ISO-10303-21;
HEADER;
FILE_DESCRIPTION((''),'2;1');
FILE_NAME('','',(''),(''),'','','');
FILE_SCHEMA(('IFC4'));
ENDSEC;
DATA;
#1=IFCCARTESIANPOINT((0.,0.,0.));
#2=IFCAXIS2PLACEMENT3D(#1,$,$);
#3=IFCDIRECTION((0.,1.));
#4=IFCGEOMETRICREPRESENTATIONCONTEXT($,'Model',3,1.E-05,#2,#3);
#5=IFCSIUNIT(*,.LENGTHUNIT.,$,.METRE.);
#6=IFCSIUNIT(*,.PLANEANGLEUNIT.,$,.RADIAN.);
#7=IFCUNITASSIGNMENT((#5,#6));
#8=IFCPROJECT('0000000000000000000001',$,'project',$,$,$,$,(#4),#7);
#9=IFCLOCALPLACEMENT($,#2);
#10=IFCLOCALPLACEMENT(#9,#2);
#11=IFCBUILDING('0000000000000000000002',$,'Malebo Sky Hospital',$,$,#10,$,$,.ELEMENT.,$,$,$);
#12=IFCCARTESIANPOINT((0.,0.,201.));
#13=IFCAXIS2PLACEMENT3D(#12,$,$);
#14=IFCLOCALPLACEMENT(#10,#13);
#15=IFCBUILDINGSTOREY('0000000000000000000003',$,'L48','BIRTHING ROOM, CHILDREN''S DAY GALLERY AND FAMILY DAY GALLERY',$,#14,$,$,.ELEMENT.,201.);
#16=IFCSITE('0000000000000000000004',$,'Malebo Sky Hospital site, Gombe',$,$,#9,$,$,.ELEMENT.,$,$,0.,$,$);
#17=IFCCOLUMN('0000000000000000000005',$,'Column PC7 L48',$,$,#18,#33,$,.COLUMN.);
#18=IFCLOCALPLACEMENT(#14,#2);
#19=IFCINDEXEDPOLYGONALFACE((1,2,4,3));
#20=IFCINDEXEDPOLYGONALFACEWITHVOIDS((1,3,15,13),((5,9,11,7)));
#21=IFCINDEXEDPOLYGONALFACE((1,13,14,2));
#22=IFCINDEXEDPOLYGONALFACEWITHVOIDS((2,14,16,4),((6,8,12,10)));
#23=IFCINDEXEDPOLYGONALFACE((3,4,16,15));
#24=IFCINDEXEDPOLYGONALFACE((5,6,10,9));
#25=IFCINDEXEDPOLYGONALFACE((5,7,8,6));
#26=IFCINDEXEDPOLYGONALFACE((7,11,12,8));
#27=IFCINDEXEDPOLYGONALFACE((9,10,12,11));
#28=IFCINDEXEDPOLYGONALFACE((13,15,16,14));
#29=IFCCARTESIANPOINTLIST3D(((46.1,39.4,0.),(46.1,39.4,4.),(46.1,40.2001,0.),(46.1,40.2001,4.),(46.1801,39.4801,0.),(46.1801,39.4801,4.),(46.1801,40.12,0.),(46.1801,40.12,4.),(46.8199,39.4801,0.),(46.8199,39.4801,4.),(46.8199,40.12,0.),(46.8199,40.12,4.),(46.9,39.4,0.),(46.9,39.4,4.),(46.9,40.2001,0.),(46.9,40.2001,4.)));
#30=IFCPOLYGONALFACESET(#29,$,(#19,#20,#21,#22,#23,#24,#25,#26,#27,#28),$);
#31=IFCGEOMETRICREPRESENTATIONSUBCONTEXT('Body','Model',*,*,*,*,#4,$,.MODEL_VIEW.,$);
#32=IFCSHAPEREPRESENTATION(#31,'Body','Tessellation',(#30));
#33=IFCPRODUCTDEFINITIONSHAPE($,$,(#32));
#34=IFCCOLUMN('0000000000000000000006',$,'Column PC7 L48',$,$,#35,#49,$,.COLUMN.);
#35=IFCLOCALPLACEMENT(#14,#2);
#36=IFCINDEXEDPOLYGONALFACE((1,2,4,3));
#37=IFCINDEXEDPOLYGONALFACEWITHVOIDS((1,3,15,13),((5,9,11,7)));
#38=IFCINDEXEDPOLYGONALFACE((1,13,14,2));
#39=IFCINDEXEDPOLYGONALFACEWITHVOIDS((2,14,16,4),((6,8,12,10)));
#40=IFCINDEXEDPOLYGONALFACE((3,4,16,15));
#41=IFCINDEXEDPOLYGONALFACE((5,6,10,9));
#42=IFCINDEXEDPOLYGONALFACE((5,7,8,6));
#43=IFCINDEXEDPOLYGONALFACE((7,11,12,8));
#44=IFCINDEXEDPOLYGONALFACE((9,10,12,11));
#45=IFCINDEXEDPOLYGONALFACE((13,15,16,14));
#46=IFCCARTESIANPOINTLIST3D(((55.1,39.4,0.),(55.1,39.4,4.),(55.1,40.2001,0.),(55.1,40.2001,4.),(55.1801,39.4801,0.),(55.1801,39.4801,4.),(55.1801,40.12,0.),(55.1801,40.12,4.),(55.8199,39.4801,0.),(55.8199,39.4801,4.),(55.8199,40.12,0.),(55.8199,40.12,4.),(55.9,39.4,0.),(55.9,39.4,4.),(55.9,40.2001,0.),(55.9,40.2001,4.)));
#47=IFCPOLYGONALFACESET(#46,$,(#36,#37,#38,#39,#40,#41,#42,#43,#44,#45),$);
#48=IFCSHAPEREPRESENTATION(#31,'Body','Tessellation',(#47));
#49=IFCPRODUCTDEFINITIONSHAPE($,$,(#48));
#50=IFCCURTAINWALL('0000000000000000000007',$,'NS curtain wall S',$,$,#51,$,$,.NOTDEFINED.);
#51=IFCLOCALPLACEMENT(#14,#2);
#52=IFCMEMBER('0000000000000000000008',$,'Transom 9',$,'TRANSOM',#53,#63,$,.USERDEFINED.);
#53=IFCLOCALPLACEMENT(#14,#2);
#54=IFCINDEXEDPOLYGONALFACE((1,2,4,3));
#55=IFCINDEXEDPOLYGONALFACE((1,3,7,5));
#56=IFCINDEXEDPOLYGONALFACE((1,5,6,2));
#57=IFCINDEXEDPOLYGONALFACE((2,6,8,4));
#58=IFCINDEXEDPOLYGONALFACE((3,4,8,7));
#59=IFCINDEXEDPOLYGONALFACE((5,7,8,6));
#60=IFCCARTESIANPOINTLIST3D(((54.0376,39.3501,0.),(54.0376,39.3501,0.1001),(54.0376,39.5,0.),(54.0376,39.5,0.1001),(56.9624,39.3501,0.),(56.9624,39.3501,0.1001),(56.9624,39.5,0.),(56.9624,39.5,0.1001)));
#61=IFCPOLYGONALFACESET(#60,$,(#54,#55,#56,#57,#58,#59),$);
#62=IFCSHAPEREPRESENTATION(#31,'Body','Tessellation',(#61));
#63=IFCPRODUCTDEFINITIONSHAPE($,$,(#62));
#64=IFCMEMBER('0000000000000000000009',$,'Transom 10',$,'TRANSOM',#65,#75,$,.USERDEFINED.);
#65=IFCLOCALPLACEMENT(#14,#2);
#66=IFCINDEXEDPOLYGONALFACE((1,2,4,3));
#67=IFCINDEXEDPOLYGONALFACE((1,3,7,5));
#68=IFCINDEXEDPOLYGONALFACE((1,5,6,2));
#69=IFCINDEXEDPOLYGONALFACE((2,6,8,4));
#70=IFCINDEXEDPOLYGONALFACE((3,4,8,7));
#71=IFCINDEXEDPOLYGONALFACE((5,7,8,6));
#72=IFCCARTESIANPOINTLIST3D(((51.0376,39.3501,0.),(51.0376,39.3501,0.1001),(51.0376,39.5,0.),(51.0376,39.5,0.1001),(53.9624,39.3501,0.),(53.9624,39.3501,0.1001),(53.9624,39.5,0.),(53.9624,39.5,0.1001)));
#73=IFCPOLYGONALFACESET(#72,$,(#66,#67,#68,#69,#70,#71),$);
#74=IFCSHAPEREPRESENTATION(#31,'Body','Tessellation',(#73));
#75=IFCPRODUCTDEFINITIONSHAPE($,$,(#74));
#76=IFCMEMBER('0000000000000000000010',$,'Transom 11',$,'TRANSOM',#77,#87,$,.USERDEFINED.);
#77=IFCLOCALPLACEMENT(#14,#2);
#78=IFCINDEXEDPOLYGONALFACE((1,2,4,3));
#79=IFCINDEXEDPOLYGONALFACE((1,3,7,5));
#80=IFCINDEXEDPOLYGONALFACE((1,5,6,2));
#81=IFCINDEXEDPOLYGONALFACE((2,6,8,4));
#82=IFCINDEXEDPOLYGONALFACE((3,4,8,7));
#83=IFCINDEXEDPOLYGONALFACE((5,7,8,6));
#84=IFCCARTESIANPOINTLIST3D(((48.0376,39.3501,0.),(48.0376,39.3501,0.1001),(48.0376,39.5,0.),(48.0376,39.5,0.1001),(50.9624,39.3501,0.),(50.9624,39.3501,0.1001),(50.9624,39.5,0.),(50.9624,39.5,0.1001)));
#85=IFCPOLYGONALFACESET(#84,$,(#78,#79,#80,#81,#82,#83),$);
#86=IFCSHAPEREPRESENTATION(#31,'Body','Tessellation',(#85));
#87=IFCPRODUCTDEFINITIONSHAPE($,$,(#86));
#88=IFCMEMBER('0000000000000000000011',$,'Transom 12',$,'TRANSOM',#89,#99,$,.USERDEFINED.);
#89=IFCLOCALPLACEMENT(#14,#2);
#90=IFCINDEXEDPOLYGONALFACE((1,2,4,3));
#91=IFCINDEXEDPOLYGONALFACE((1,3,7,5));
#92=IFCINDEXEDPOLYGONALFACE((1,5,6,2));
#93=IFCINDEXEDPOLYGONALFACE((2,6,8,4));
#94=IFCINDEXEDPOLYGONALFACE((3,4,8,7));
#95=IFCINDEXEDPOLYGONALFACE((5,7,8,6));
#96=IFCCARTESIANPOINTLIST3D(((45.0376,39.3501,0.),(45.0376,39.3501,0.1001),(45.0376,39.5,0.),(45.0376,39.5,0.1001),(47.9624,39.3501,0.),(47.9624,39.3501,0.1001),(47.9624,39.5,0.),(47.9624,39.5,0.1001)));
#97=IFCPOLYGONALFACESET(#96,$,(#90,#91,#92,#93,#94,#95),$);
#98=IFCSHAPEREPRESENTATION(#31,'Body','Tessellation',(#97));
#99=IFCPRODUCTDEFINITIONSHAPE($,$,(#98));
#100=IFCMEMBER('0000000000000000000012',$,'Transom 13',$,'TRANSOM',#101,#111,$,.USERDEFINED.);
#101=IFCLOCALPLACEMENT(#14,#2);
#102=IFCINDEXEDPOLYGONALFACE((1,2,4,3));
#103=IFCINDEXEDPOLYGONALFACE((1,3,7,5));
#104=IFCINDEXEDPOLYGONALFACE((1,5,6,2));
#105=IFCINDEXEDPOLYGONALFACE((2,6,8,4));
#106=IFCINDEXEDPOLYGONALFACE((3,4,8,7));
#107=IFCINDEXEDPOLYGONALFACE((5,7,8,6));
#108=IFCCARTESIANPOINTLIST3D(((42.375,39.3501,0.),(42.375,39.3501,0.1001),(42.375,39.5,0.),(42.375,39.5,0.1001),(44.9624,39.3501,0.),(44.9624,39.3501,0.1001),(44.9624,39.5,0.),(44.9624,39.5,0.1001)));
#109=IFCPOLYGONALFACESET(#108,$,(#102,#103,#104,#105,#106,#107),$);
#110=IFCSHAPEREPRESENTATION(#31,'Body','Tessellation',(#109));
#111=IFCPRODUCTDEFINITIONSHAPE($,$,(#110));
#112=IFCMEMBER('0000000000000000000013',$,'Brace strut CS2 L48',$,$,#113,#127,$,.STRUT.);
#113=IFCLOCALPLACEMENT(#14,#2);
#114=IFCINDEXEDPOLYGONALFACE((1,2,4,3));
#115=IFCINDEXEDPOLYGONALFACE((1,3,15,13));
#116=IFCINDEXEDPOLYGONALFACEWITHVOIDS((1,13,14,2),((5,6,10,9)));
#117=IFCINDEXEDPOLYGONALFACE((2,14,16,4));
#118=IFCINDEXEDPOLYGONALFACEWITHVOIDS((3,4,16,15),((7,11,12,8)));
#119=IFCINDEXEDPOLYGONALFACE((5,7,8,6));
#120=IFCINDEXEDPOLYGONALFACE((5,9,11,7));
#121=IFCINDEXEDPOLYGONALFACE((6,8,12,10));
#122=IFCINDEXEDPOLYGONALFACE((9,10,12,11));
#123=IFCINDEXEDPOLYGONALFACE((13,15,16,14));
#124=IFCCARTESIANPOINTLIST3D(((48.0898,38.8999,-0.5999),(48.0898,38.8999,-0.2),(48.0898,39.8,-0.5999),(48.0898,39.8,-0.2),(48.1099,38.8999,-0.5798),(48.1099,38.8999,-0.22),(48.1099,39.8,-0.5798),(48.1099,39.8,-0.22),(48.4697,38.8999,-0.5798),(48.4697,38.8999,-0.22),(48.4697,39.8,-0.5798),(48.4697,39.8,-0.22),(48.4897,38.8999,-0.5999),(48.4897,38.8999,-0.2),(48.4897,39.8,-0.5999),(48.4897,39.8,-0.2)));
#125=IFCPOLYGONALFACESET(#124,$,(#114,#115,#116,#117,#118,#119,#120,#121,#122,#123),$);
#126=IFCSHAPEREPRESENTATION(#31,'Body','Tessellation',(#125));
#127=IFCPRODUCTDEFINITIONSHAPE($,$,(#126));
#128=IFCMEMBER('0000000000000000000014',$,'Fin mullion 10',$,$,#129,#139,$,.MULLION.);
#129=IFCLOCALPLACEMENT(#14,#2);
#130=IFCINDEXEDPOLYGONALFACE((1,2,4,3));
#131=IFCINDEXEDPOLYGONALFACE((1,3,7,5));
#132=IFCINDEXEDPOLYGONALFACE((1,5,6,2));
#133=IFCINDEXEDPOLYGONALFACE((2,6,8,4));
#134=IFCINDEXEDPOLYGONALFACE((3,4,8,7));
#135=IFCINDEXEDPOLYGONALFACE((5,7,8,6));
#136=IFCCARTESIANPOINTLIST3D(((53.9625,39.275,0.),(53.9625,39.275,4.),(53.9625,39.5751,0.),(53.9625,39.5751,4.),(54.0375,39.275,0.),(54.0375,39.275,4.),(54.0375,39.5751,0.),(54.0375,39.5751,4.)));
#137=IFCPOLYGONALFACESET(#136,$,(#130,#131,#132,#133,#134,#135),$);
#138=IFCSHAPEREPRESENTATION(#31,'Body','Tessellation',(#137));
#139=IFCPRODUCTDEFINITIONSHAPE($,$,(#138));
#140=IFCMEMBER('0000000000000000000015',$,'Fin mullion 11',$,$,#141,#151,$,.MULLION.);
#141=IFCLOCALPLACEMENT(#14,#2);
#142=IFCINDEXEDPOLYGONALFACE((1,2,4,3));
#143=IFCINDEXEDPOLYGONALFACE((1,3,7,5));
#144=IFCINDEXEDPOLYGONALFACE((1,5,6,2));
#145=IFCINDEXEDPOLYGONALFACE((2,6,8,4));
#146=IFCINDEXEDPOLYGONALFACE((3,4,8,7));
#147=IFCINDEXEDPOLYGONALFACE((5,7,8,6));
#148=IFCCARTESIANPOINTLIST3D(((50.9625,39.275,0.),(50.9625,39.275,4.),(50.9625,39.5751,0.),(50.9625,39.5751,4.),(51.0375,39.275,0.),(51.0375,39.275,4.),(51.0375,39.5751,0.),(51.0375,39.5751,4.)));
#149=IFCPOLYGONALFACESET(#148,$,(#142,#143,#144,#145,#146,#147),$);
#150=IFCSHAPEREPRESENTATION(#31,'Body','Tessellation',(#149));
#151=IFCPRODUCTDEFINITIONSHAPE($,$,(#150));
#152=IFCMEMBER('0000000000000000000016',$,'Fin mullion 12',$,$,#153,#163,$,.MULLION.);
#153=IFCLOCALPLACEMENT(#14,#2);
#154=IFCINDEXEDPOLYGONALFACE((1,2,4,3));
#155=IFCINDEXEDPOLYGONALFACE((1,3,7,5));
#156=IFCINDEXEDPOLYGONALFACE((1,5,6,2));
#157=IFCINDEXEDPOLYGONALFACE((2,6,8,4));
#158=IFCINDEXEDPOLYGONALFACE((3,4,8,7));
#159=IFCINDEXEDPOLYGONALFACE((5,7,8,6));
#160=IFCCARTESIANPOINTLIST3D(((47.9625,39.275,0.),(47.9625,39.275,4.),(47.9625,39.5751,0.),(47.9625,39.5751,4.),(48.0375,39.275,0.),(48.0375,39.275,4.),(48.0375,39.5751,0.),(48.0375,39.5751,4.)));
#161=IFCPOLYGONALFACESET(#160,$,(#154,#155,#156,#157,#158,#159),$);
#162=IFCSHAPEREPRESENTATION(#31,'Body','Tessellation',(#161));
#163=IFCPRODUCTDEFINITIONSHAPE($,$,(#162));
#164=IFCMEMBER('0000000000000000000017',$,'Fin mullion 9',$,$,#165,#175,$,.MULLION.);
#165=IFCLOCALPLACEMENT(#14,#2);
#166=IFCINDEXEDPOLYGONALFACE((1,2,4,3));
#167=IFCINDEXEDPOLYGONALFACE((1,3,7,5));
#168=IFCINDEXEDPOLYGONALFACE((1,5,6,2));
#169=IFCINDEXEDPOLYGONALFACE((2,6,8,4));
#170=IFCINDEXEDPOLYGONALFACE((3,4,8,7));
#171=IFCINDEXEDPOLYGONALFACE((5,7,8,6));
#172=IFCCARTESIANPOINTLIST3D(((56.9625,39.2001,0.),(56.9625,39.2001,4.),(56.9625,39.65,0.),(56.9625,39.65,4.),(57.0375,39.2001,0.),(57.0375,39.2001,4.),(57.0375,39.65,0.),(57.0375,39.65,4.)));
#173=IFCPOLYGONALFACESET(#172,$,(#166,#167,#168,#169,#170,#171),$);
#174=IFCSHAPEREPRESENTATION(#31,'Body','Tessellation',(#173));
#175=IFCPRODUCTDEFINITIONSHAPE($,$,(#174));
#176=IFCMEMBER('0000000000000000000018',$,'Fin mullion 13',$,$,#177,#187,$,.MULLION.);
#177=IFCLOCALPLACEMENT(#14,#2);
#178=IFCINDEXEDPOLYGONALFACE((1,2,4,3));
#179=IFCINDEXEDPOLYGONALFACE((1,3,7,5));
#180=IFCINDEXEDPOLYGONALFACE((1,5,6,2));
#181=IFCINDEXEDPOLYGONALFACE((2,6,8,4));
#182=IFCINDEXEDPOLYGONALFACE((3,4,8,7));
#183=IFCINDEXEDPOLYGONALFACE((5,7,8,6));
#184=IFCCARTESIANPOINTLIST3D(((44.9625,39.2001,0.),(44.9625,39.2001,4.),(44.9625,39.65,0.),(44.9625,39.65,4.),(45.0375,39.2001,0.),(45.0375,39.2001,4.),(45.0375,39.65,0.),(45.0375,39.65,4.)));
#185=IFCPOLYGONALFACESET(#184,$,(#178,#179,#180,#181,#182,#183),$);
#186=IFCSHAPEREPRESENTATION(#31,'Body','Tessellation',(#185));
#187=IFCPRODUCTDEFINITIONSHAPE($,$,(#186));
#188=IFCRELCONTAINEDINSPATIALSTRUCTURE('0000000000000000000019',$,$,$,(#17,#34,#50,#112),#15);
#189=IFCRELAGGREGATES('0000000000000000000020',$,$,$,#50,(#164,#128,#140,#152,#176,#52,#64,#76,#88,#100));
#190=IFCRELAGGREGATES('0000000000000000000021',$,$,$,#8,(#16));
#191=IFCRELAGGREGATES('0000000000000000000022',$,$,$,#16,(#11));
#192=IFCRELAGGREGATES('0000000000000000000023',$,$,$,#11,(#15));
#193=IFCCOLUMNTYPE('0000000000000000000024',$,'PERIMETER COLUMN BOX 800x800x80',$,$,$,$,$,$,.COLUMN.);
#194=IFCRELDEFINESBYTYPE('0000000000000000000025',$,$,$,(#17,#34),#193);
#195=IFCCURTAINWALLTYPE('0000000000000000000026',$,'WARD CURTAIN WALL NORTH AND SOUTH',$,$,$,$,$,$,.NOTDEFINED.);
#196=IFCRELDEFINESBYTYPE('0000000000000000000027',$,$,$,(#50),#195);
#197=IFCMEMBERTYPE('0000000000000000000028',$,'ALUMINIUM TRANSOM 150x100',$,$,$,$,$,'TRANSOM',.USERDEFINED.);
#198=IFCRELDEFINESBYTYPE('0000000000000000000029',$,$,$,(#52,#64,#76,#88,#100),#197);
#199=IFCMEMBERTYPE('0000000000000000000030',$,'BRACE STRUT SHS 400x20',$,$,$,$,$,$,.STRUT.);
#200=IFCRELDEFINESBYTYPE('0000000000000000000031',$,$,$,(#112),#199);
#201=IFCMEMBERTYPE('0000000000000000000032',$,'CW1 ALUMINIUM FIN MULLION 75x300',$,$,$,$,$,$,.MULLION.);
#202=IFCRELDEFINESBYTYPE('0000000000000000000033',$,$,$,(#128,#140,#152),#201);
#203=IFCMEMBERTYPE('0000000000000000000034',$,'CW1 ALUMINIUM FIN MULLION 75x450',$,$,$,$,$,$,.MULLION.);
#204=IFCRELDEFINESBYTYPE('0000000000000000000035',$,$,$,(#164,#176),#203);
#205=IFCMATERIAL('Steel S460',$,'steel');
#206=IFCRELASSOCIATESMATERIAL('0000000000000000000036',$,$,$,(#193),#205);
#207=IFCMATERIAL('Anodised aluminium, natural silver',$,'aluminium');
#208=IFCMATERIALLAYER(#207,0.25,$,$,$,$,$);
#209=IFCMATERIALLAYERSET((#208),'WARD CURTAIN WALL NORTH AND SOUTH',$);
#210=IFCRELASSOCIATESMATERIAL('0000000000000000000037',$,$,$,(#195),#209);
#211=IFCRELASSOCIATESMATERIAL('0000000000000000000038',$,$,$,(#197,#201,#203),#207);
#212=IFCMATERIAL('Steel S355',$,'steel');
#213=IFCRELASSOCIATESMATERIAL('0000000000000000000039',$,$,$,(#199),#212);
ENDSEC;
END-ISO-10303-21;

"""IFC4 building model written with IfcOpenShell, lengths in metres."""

from ifc_helpers import new_model, si_unit, direction, frame, origin, origin_2d, place, context, subcontext, project, spatial, rectangle, hollow_rectangle, extrude, material, layer, layer_set, material_profile, profile_set, type_object, element, aggregate, save


model = new_model("IFC4")

# Units and contexts
model_context = context("Model", 3, precision=1e-05, world=origin(), true_north=direction((0.0, 1.0)))
body_context = subcontext(model_context, "Body", "Model", "MODEL_VIEW")
ifc_project = project(units=[si_unit("LENGTHUNIT", "METRE"), si_unit("PLANEANGLEUNIT", "RADIAN")], contexts=[model_context])

# Site, building, storey
site_placement = place(None, origin())
site = spatial("IfcSite", under=ifc_project, at=site_placement, Name="Malebo Sky Hospital site, Gombe", CompositionType="ELEMENT", RefElevation=0.0)
building_placement = place(site_placement, origin())
building = spatial("IfcBuilding", under=site, at=building_placement, Name="Malebo Sky Hospital", CompositionType="ELEMENT")
storey_placement = place(building_placement, frame((0.0, 0.0, 201.0)))
storey = spatial("IfcBuildingStorey", under=building, at=storey_placement, Name="L48", Description="BIRTHING ROOM, CHILDREN'S DAY GALLERY AND FAMILY DAY GALLERY", CompositionType="ELEMENT", Elevation=201.0)

# Columns
ifc_material_1 = material(Name="Steel S460", Category="steel")
ifc_material_profile_1 = material_profile(ifc_material_1, hollow_rectangle(XDim=0.8, YDim=0.8, WallThickness=0.0801, at=origin_2d()), Name="BOX 800x800x80")
ifc_profile_set_1 = profile_set([ifc_material_profile_1], Name="Steel S460")
column_type = type_object("IfcColumnType", Name="PERIMETER COLUMN BOX 800x800x80", PredefinedType="COLUMN", material=ifc_profile_set_1)
for number, where, z_axis, x_axis, name in (
    (1, (46.5, 39.8, 0.0), (0.0, 0.0, 1.0), (1.0, 0.0, 0.0), "Column PC7 L48"),
    (2, (55.5, 39.8, 0.0), (0.0, 0.0, 1.0), (1.0, 0.0, 0.0), "Column PC7 L48"),
):
    element("IfcColumn", number, at=place(storey_placement, frame(where, z_axis=z_axis, x_axis=x_axis)), inside=storey, type_object=column_type, Name=name, PredefinedType="COLUMN", context=body_context, shape_type="SweptSolid", body=[
        extrude(hollow_rectangle(XDim=0.8, YDim=0.8, WallThickness=0.0801, at=origin_2d()), origin(), (0.0, 0.0, 1.0), 4.0),
    ])

# Curtain wall, members
ifc_material_2 = material(Name="Anodised aluminium, natural silver", Category="aluminium")
ifc_layer_1 = layer(ifc_material_2, 0.25)
ifc_layer_set_1 = layer_set([ifc_layer_1], Name="WARD CURTAIN WALL NORTH AND SOUTH")
curtain_wall_type = type_object("IfcCurtainWallType", Name="WARD CURTAIN WALL NORTH AND SOUTH", PredefinedType="NOTDEFINED", material=ifc_layer_set_1)
curtain_wall_placement = place(storey_placement, origin())
curtain_wall = element("IfcCurtainWall", 3, at=curtain_wall_placement, inside=storey, type_object=curtain_wall_type, Name="NS curtain wall S", PredefinedType="NOTDEFINED")
ifc_material_profile_2 = material_profile(ifc_material_2, rectangle(XDim=0.1499, YDim=0.1001, at=origin_2d()), Name="ALUMINIUM TRANSOM 150x100")
ifc_profile_set_2 = profile_set([ifc_material_profile_2], Name="Anodised aluminium, natural silver")
member_type_1 = type_object("IfcMemberType", Name="ALUMINIUM TRANSOM 150x100", ElementType="TRANSOM", PredefinedType="USERDEFINED", material=ifc_profile_set_2)
member_1_placement = place(storey_placement, frame((56.9624, 39.425, 0.05), z_axis=(-1.0, 0.0, 0.0), x_axis=(0.0, -1.0, 0.0)))
member_1 = element("IfcMember", 4, at=member_1_placement, type_object=member_type_1, Name="Transom 9", ObjectType="TRANSOM", PredefinedType="USERDEFINED", context=body_context, shape_type="SweptSolid", body=[
    extrude(rectangle(XDim=0.1499, YDim=0.1001, at=origin_2d()), origin(), (0.0, 0.0, 1.0), 2.9248),
])
member_2_placement = place(storey_placement, frame((53.9624, 39.425, 0.05), z_axis=(-1.0, 0.0, 0.0), x_axis=(0.0, -1.0, 0.0)))
member_2 = element("IfcMember", 5, at=member_2_placement, type_object=member_type_1, Name="Transom 10", ObjectType="TRANSOM", PredefinedType="USERDEFINED", context=body_context, shape_type="SweptSolid", body=[
    extrude(rectangle(XDim=0.1499, YDim=0.1001, at=origin_2d()), origin(), (0.0, 0.0, 1.0), 2.9248),
])
member_3_placement = place(storey_placement, frame((50.9624, 39.425, 0.05), z_axis=(-1.0, 0.0, 0.0), x_axis=(0.0, -1.0, 0.0)))
member_3 = element("IfcMember", 6, at=member_3_placement, type_object=member_type_1, Name="Transom 11", ObjectType="TRANSOM", PredefinedType="USERDEFINED", context=body_context, shape_type="SweptSolid", body=[
    extrude(rectangle(XDim=0.1499, YDim=0.1001, at=origin_2d()), origin(), (0.0, 0.0, 1.0), 2.9248),
])
member_4_placement = place(storey_placement, frame((47.9624, 39.425, 0.05), z_axis=(-1.0, 0.0, 0.0), x_axis=(0.0, -1.0, 0.0)))
member_4 = element("IfcMember", 7, at=member_4_placement, type_object=member_type_1, Name="Transom 12", ObjectType="TRANSOM", PredefinedType="USERDEFINED", context=body_context, shape_type="SweptSolid", body=[
    extrude(rectangle(XDim=0.1499, YDim=0.1001, at=origin_2d()), origin(), (0.0, 0.0, 1.0), 2.9248),
])
member_5_placement = place(storey_placement, frame((44.9624, 39.425, 0.05), z_axis=(-1.0, 0.0, 0.0), x_axis=(0.0, -1.0, 0.0)))
member_5 = element("IfcMember", 8, at=member_5_placement, type_object=member_type_1, Name="Transom 13", ObjectType="TRANSOM", PredefinedType="USERDEFINED", context=body_context, shape_type="SweptSolid", body=[
    extrude(rectangle(XDim=0.1499, YDim=0.1001, at=origin_2d()), origin(), (0.0, 0.0, 1.0), 2.5874),
])

# Members
ifc_material_3 = material(Name="Steel S355", Category="steel")
ifc_material_profile_3 = material_profile(ifc_material_3, hollow_rectangle(XDim=0.3999, YDim=0.3999, WallThickness=0.02, at=origin_2d()), Name="SHS 400x20")
ifc_profile_set_3 = profile_set([ifc_material_profile_3], Name="Steel S355")
member_type_2 = type_object("IfcMemberType", Name="BRACE STRUT SHS 400x20", PredefinedType="STRUT", material=ifc_profile_set_3)
member_6_placement = place(storey_placement, frame((48.2898, 38.8999, -0.3999), z_axis=(0.0, 1.0, 0.0), x_axis=(-1.0, 0.0, 0.0)))
element("IfcMember", 9, at=member_6_placement, inside=storey, type_object=member_type_2, Name="Brace strut CS2 L48", PredefinedType="STRUT", context=body_context, shape_type="SweptSolid", body=[
    extrude(hollow_rectangle(XDim=0.3999, YDim=0.3999, WallThickness=0.02, at=origin_2d()), origin(), (0.0, 0.0, 1.0), 0.9001),
])
ifc_material_profile_4 = material_profile(ifc_material_2, rectangle(XDim=0.075, YDim=0.3, at=origin_2d()), Name="CW1 ALUMINIUM FIN MULLION 75x300")
ifc_profile_set_4 = profile_set([ifc_material_profile_4], Name="Anodised aluminium, natural silver")
member_type_3 = type_object("IfcMemberType", Name="CW1 ALUMINIUM FIN MULLION 75x300", PredefinedType="MULLION", material=ifc_profile_set_4)
member_7_placement = place(storey_placement, frame((54.0, 39.425, 0.0), z_axis=(0.0, 0.0, 1.0), x_axis=(-1.0, 0.0, 0.0)))
member_7 = element("IfcMember", 10, at=member_7_placement, type_object=member_type_3, Name="Fin mullion 10", PredefinedType="MULLION", context=body_context, shape_type="SweptSolid", body=[
    extrude(rectangle(XDim=0.075, YDim=0.3, at=origin_2d()), origin(), (0.0, 0.0, 1.0), 4.0),
])
member_8_placement = place(storey_placement, frame((51.0, 39.425, 0.0), z_axis=(0.0, 0.0, 1.0), x_axis=(-1.0, 0.0, 0.0)))
member_8 = element("IfcMember", 11, at=member_8_placement, type_object=member_type_3, Name="Fin mullion 11", PredefinedType="MULLION", context=body_context, shape_type="SweptSolid", body=[
    extrude(rectangle(XDim=0.075, YDim=0.3, at=origin_2d()), origin(), (0.0, 0.0, 1.0), 4.0),
])
member_9_placement = place(storey_placement, frame((48.0, 39.425, 0.0), z_axis=(0.0, 0.0, 1.0), x_axis=(-1.0, 0.0, 0.0)))
member_9 = element("IfcMember", 12, at=member_9_placement, type_object=member_type_3, Name="Fin mullion 12", PredefinedType="MULLION", context=body_context, shape_type="SweptSolid", body=[
    extrude(rectangle(XDim=0.075, YDim=0.3, at=origin_2d()), origin(), (0.0, 0.0, 1.0), 4.0),
])
ifc_material_profile_5 = material_profile(ifc_material_2, rectangle(XDim=0.075, YDim=0.45, at=origin_2d()), Name="CW1 ALUMINIUM FIN MULLION 75x450")
ifc_profile_set_5 = profile_set([ifc_material_profile_5], Name="Anodised aluminium, natural silver")
member_type_4 = type_object("IfcMemberType", Name="CW1 ALUMINIUM FIN MULLION 75x450", PredefinedType="MULLION", material=ifc_profile_set_5)
member_10_placement = place(storey_placement, frame((57.0, 39.425, 0.0), z_axis=(0.0, 0.0, 1.0), x_axis=(-1.0, 0.0, 0.0)))
member_10 = element("IfcMember", 13, at=member_10_placement, type_object=member_type_4, Name="Fin mullion 9", PredefinedType="MULLION", context=body_context, shape_type="SweptSolid", body=[
    extrude(rectangle(XDim=0.075, YDim=0.45, at=origin_2d()), origin(), (0.0, 0.0, 1.0), 4.0),
])
member_11_placement = place(storey_placement, frame((45.0, 39.425, 0.0), z_axis=(0.0, 0.0, 1.0), x_axis=(-1.0, 0.0, 0.0)))
member_11 = element("IfcMember", 14, at=member_11_placement, type_object=member_type_4, Name="Fin mullion 13", PredefinedType="MULLION", context=body_context, shape_type="SweptSolid", body=[
    extrude(rectangle(XDim=0.075, YDim=0.45, at=origin_2d()), origin(), (0.0, 0.0, 1.0), 4.0),
])

aggregate(curtain_wall, [member_10, member_7, member_8, member_9, member_11, member_1, member_2, member_3, member_4, member_5])

save(model, "model.ifc")
